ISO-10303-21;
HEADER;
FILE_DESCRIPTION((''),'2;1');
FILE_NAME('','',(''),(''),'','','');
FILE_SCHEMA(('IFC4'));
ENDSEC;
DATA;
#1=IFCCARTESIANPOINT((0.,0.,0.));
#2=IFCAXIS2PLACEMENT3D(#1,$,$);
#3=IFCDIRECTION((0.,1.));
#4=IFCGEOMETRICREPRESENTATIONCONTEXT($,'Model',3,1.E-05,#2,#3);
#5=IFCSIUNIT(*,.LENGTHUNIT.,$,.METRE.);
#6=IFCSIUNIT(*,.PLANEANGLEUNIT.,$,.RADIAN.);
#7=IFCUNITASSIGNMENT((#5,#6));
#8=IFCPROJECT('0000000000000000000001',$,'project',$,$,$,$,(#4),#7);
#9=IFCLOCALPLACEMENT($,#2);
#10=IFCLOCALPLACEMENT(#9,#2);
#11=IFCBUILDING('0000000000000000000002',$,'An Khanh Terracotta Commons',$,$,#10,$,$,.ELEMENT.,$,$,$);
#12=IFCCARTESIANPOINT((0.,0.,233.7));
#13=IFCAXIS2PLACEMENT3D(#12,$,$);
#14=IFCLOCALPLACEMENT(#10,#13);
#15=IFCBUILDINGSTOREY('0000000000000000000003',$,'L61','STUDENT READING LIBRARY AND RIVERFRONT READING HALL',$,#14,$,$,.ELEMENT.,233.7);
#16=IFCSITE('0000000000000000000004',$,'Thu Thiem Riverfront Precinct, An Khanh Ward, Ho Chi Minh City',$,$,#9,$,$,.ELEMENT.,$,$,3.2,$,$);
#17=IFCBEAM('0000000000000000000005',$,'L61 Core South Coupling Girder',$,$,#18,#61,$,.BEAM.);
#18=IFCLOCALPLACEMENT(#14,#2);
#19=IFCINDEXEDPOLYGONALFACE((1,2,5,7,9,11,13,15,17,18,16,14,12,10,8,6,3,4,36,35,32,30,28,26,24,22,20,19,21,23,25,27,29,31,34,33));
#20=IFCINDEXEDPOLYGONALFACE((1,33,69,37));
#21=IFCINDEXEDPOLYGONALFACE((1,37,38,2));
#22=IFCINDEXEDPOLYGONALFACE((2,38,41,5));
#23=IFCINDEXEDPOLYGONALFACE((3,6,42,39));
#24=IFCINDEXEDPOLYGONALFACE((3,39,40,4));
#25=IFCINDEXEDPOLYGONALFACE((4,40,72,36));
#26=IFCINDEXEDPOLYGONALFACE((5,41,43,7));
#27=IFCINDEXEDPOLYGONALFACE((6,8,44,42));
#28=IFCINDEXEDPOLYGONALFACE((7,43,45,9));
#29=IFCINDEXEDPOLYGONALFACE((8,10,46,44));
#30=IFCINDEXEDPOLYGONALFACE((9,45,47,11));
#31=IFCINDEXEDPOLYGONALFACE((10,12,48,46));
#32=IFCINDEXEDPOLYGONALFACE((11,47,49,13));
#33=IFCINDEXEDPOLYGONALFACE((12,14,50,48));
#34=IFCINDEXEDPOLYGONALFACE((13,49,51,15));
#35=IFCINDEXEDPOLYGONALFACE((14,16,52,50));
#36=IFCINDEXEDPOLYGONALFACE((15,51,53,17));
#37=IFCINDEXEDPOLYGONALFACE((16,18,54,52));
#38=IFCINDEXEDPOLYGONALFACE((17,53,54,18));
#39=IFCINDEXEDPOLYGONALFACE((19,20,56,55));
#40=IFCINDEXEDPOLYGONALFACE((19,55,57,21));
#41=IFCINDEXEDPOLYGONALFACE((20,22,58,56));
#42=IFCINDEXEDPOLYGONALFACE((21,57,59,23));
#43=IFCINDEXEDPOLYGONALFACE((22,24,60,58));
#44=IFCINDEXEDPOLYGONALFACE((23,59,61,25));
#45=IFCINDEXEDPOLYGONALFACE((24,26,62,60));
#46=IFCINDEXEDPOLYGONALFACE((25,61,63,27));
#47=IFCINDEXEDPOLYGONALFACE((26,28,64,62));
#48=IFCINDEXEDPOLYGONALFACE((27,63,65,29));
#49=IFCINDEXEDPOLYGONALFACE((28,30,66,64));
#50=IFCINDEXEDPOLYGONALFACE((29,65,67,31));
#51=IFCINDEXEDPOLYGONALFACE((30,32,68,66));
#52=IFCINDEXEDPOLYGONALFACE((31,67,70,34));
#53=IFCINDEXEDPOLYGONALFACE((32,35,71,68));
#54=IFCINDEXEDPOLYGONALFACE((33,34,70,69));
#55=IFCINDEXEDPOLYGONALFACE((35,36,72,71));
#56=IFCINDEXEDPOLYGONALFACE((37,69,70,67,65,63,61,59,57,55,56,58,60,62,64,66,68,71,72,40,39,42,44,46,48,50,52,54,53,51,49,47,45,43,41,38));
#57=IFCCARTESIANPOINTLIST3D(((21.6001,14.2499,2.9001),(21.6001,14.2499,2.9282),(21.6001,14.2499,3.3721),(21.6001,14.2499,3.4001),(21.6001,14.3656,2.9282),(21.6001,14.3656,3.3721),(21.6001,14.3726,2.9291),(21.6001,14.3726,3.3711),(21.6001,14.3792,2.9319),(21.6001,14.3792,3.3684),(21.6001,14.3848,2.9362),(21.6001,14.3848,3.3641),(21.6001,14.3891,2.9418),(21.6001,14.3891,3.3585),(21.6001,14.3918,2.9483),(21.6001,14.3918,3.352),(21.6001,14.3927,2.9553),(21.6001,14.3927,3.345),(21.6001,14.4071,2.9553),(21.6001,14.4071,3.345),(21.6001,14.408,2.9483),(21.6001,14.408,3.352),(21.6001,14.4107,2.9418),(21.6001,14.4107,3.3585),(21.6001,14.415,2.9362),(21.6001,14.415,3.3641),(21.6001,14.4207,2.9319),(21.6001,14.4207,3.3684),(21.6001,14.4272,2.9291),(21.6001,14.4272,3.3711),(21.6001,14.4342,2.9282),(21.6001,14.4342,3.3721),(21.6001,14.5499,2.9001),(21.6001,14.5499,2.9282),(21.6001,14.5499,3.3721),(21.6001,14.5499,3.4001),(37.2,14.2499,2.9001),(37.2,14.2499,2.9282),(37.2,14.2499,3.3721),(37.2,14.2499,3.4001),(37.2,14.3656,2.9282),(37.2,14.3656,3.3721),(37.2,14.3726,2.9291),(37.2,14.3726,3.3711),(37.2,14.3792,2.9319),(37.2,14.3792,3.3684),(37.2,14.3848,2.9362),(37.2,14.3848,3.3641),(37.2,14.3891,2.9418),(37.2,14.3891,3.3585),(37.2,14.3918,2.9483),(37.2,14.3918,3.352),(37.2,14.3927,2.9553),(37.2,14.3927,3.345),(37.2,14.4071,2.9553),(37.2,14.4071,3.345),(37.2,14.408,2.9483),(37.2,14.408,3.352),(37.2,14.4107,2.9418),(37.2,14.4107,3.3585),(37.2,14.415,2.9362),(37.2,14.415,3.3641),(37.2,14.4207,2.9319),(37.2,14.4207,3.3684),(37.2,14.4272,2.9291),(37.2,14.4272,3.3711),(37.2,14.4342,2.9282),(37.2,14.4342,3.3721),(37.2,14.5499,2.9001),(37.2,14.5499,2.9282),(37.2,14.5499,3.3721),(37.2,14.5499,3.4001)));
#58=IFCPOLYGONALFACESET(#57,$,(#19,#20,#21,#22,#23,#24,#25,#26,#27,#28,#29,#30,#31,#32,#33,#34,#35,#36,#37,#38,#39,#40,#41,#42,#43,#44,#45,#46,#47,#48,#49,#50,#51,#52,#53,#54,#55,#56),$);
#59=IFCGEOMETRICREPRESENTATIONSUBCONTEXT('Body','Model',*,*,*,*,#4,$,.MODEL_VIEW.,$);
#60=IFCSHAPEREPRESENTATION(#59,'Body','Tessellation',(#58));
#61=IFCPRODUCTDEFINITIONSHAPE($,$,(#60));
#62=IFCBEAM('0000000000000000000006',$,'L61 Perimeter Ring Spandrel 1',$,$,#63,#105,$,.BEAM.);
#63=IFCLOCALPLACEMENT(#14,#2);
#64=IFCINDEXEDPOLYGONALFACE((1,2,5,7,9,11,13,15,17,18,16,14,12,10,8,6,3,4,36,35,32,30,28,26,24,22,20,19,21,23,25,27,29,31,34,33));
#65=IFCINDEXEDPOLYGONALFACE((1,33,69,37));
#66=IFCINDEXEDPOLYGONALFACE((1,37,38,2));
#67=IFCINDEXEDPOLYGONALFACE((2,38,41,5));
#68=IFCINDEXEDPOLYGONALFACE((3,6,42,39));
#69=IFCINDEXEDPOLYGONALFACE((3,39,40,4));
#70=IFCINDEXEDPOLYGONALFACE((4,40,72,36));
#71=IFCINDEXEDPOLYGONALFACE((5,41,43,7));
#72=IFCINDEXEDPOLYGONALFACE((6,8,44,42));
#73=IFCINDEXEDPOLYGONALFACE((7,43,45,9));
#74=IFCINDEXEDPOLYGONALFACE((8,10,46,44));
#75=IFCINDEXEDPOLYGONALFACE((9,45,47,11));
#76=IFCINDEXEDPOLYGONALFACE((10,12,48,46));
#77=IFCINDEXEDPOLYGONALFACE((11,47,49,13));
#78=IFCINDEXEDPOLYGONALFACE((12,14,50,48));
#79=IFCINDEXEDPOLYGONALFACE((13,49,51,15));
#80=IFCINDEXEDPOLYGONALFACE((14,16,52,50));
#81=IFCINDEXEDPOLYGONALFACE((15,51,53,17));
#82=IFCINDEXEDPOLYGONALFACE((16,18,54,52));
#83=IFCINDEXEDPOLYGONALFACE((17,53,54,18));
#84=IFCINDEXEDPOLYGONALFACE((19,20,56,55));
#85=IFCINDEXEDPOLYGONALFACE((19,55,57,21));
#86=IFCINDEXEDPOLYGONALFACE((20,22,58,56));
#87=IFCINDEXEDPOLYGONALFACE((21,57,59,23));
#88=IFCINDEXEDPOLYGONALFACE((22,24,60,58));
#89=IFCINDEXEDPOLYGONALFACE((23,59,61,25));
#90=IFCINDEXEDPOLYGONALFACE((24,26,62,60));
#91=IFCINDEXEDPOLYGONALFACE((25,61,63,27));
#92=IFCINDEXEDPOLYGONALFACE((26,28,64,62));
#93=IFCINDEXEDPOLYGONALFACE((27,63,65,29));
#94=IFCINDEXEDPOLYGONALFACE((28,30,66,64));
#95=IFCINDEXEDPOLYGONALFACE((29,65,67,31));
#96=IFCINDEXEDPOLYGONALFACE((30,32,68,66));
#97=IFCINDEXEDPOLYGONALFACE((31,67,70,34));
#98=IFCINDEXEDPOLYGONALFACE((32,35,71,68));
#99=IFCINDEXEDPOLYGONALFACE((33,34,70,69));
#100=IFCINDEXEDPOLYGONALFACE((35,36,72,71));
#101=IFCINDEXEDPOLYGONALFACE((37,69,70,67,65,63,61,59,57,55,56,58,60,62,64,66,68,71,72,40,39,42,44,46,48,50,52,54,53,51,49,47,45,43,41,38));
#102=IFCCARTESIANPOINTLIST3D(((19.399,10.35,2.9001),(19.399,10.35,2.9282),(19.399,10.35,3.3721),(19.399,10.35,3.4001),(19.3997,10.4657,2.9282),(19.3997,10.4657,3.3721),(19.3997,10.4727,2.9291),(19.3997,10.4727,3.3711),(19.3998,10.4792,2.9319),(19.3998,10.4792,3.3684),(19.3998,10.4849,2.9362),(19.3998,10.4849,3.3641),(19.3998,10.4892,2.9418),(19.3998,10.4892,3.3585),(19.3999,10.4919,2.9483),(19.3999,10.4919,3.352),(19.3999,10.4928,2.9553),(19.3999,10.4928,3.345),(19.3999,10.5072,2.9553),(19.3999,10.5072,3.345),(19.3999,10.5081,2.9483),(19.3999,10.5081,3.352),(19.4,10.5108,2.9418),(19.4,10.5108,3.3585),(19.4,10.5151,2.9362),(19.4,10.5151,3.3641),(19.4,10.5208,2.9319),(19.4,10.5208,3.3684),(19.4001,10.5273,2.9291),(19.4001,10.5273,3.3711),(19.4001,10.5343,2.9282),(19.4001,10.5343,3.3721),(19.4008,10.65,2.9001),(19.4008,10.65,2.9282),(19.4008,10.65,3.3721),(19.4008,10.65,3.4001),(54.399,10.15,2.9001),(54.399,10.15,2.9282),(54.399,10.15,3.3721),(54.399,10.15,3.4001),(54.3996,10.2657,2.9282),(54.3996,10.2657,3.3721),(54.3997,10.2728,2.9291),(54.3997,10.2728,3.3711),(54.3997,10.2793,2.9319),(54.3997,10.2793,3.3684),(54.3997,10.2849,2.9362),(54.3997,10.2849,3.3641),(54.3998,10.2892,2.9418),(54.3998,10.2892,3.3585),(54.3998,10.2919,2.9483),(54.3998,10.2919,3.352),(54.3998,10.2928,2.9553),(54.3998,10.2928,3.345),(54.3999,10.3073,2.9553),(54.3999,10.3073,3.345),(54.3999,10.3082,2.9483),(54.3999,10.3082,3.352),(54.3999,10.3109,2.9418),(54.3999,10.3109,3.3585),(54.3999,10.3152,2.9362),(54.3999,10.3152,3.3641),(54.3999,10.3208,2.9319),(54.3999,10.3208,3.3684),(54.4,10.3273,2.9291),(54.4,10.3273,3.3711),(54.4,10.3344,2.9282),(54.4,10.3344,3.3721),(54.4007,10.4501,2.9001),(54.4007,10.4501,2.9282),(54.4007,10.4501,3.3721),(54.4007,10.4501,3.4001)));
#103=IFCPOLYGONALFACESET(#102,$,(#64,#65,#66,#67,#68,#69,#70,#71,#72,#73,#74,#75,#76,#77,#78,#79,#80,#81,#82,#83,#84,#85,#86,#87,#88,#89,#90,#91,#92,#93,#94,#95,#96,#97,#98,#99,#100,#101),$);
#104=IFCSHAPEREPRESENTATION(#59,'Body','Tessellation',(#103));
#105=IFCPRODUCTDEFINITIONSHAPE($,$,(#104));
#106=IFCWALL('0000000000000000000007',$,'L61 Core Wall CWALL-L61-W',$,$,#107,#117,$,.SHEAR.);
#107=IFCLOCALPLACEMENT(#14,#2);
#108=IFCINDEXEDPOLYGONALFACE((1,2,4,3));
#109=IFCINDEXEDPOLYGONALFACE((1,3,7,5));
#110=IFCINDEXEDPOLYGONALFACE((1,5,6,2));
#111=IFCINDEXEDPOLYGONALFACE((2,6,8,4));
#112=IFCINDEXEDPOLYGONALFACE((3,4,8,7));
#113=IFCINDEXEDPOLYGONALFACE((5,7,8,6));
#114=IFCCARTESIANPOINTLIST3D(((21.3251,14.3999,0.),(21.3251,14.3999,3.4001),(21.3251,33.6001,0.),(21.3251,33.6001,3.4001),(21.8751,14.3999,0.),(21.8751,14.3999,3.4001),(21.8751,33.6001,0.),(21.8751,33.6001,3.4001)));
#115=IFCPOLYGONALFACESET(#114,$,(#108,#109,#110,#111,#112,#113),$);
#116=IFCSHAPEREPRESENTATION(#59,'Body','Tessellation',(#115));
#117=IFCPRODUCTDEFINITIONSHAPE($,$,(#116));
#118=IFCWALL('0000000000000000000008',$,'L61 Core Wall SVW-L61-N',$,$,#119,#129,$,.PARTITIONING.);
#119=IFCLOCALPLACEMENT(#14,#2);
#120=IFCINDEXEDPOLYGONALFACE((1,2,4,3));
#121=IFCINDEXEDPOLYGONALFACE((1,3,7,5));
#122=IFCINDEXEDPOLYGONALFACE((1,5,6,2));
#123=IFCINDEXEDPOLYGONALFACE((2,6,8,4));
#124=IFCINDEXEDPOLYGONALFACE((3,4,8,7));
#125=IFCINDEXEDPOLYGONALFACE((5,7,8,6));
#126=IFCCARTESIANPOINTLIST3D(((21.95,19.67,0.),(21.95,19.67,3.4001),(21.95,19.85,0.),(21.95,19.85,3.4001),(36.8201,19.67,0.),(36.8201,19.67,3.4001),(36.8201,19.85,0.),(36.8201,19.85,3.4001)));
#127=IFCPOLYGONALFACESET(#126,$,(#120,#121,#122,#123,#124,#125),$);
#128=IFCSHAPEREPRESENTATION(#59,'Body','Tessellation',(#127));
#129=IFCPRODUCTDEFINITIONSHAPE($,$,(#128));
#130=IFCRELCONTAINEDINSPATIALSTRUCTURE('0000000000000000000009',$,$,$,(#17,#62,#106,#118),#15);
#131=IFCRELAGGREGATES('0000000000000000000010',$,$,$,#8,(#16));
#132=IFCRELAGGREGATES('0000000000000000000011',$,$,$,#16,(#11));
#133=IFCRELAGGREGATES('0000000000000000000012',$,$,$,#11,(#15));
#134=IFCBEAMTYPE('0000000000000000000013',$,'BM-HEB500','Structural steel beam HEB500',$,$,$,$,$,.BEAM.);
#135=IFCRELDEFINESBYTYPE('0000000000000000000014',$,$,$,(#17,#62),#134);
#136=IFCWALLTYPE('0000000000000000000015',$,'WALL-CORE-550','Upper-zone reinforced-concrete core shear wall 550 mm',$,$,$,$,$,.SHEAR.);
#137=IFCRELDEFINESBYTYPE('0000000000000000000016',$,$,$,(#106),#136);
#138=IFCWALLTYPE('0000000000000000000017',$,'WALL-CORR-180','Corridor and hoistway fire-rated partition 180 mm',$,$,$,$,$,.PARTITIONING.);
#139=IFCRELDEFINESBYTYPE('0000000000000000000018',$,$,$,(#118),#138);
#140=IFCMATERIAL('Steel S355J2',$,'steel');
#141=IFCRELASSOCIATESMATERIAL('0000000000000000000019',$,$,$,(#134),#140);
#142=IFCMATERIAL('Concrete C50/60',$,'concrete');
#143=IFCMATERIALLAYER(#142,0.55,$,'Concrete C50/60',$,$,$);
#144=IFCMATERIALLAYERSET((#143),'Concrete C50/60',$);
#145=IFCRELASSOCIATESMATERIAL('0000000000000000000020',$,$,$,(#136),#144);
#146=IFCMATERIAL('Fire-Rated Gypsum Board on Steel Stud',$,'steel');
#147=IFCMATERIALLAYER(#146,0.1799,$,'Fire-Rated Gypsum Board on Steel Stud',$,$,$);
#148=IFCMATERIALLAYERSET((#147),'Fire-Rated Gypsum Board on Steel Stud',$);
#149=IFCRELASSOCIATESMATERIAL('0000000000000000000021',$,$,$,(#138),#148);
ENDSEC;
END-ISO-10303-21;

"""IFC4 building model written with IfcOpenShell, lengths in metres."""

from ifc_helpers import new_model, si_unit, direction, frame, frame_2d, origin, origin_2d, place, context, subcontext, project, spatial, rectangle, i_section, extrude, material, layer, layer_set, material_profile, profile_set, type_object, element, save


model = new_model("IFC4")

# Units and contexts
model_context = context("Model", 3, precision=1e-05, world=origin(), true_north=direction((0.0, 1.0)))
body_context = subcontext(model_context, "Body", "Model", "MODEL_VIEW")
ifc_project = project(units=[si_unit("LENGTHUNIT", "METRE"), si_unit("PLANEANGLEUNIT", "RADIAN")], contexts=[model_context])

# Site, building, storey
site_placement = place(None, origin())
site = spatial("IfcSite", under=ifc_project, at=site_placement, Name="Thu Thiem Riverfront Precinct, An Khanh Ward, Ho Chi Minh City", CompositionType="ELEMENT", RefElevation=3.2)
building_placement = place(site_placement, origin())
building = spatial("IfcBuilding", under=site, at=building_placement, Name="An Khanh Terracotta Commons", CompositionType="ELEMENT")
storey_placement = place(building_placement, frame((0.0, 0.0, 233.7)))
storey = spatial("IfcBuildingStorey", under=building, at=storey_placement, Name="L61", Description="STUDENT READING LIBRARY AND RIVERFRONT READING HALL", CompositionType="ELEMENT", Elevation=233.7)

# Beams
ifc_material_1 = material(Name="Steel S355J2", Category="steel")
ifc_material_profile_1 = material_profile(ifc_material_1, i_section(OverallWidth=0.3, OverallDepth=0.5, WebThickness=0.0144, FlangeThickness=0.0281, FilletRadius=0.0271, at=origin_2d()), Name="HEB500")
ifc_profile_set_1 = profile_set([ifc_material_profile_1], Name="Steel S355J2")
beam_type_1 = type_object("IfcBeamType", Name="BM-HEB500", Description="Structural steel beam HEB500", PredefinedType="BEAM", material=ifc_profile_set_1)
beam_1_placement = place(storey_placement, frame((21.6001, 14.3999, 3.1501), z_axis=(1.0, 0.0, 0.0), x_axis=(0.0, 1.0, 0.0)))
element("IfcBeam", 1, at=beam_1_placement, inside=storey, type_object=beam_type_1, Name="L61 Core South Coupling Girder", PredefinedType="BEAM", context=body_context, shape_type="SweptSolid", body=[
    extrude(i_section(OverallWidth=0.3, OverallDepth=0.5, WebThickness=0.0144, FlangeThickness=0.0281, FilletRadius=0.0271, at=origin_2d()), origin(), (0.0, 0.0, 1.0), 15.5999),
])
beam_2_placement = place(storey_placement, frame((19.3999, 10.5, 3.1501), z_axis=(0.999984, -0.005713, 0.0), x_axis=(0.005713, 0.999984, 0.0)))
element("IfcBeam", 2, at=beam_2_placement, inside=storey, type_object=beam_type_1, Name="L61 Perimeter Ring Spandrel 1", PredefinedType="BEAM", context=body_context, shape_type="SweptSolid", body=[
    extrude(i_section(OverallWidth=0.3, OverallDepth=0.5, WebThickness=0.0144, FlangeThickness=0.0281, FilletRadius=0.0271, at=origin_2d()), origin(), (0.0, 0.0, 1.0), 35.0005),
])

# Walls
ifc_material_2 = material(Name="Concrete C50/60", Category="concrete")
ifc_layer_1 = layer(ifc_material_2, 0.55, Name="Concrete C50/60")
ifc_layer_set_1 = layer_set([ifc_layer_1], Name="Concrete C50/60")
wall_type_1 = type_object("IfcWallType", Name="WALL-CORE-550", Description="Upper-zone reinforced-concrete core shear wall 550 mm", PredefinedType="SHEAR", material=ifc_layer_set_1)
wall_1_placement = place(storey_placement, frame((21.6001, 14.3999, 0.0), z_axis=(0.0, 0.0, 1.0), x_axis=(0.0, 1.0, 0.0)))
element("IfcWall", 3, at=wall_1_placement, inside=storey, type_object=wall_type_1, Name="L61 Core Wall CWALL-L61-W", PredefinedType="SHEAR", context=body_context, shape_type="SweptSolid", body=[
    extrude(rectangle(XDim=19.2002, YDim=0.55, at=frame_2d((9.6001, 0.0))), origin(), (0.0, 0.0, 1.0), 3.4001),
])
ifc_material_3 = material(Name="Fire-Rated Gypsum Board on Steel Stud", Category="steel")
ifc_layer_2 = layer(ifc_material_3, 0.1799, Name="Fire-Rated Gypsum Board on Steel Stud")
ifc_layer_set_2 = layer_set([ifc_layer_2], Name="Fire-Rated Gypsum Board on Steel Stud")
wall_type_2 = type_object("IfcWallType", Name="WALL-CORR-180", Description="Corridor and hoistway fire-rated partition 180 mm", PredefinedType="PARTITIONING", material=ifc_layer_set_2)
wall_2_placement = place(storey_placement, frame((21.95, 19.76, 0.0), z_axis=(0.0, 0.0, 1.0), x_axis=(1.0, 0.0, 0.0)))
element("IfcWall", 4, at=wall_2_placement, inside=storey, type_object=wall_type_2, Name="L61 Core Wall SVW-L61-N", PredefinedType="PARTITIONING", context=body_context, shape_type="SweptSolid", body=[
    extrude(rectangle(XDim=14.8701, YDim=0.1799, at=frame_2d((7.4351, 0.0))), origin(), (0.0, 0.0, 1.0), 3.4001),
])

save(model, "model.ifc")
